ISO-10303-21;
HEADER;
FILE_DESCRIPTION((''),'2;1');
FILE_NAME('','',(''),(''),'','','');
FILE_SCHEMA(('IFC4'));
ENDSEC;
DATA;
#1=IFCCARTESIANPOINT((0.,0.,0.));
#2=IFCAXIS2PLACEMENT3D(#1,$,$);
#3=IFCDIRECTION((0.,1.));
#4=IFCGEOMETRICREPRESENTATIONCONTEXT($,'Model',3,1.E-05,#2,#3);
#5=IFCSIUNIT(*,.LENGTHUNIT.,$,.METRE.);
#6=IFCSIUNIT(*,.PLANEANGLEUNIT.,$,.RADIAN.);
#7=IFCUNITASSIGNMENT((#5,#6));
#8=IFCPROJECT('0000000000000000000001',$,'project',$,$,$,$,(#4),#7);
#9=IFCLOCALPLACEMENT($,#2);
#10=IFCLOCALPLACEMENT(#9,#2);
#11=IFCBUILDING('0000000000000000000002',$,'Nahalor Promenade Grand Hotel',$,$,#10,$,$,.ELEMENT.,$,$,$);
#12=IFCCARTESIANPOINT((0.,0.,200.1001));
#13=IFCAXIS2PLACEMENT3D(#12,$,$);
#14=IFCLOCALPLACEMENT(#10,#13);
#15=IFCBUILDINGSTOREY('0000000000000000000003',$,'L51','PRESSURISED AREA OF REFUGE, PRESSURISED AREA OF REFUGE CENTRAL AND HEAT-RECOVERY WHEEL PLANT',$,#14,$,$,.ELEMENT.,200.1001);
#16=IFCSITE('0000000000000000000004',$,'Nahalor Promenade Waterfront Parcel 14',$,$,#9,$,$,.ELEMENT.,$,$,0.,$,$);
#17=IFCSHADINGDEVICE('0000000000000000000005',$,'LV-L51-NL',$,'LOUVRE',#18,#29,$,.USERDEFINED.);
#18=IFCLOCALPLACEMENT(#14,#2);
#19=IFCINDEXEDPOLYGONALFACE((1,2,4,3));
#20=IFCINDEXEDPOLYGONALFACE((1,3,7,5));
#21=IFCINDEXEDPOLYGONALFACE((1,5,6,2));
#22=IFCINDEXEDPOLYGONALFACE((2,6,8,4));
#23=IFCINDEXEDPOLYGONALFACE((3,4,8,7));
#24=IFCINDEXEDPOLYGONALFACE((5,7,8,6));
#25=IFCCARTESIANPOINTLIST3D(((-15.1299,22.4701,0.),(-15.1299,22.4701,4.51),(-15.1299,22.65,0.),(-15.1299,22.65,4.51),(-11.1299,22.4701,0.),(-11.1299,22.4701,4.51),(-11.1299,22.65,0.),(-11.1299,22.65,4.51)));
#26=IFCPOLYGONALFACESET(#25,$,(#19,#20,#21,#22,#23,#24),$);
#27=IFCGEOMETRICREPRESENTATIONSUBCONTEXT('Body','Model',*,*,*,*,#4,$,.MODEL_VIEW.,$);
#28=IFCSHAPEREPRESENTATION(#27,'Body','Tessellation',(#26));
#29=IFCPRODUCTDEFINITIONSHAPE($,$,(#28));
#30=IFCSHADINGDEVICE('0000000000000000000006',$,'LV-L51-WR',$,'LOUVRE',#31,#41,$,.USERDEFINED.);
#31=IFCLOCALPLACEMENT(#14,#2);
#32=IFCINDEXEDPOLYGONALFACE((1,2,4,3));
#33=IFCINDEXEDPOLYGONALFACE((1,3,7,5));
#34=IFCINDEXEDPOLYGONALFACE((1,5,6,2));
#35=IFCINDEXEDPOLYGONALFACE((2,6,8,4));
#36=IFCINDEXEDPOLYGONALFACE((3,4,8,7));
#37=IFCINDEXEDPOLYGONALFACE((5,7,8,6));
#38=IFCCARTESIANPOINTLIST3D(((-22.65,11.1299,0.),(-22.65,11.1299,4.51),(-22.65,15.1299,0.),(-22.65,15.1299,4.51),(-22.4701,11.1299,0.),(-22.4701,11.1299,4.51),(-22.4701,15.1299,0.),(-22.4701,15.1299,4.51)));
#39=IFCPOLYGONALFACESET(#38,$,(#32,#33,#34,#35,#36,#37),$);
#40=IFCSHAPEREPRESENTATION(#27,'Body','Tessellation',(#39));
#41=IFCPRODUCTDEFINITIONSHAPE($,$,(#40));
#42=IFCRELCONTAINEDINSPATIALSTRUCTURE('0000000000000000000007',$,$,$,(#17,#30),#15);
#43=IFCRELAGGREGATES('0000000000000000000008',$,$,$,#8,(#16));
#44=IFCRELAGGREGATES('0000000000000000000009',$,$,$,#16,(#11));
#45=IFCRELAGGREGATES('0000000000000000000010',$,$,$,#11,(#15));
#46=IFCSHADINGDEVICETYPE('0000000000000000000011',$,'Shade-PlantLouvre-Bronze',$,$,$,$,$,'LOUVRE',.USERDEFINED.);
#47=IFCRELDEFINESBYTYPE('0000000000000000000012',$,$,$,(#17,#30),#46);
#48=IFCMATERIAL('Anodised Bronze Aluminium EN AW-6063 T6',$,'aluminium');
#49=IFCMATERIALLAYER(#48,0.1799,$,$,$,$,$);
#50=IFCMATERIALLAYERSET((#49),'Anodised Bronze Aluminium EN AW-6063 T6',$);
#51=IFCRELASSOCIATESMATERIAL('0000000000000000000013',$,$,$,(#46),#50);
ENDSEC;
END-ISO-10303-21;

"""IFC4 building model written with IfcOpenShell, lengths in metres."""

from ifc_helpers import new_model, si_unit, direction, frame, origin, origin_2d, place, context, subcontext, project, spatial, rectangle, extrude, source, transform, mapped, material, layer, layer_set, type_object, element, save


model = new_model("IFC4")

# Units and contexts
model_context = context("Model", 3, precision=1e-05, world=origin(), true_north=direction((0.0, 1.0)))
body_context = subcontext(model_context, "Body", "Model", "MODEL_VIEW")
ifc_project = project(units=[si_unit("LENGTHUNIT", "METRE"), si_unit("PLANEANGLEUNIT", "RADIAN")], contexts=[model_context])

# Site, building, storey
site_placement = place(None, origin())
site = spatial("IfcSite", under=ifc_project, at=site_placement, Name="Nahalor Promenade Waterfront Parcel 14", CompositionType="ELEMENT", RefElevation=0.0)
building_placement = place(site_placement, origin())
building = spatial("IfcBuilding", under=site, at=building_placement, Name="Nahalor Promenade Grand Hotel", CompositionType="ELEMENT")
storey_placement = place(building_placement, frame((0.0, 0.0, 200.1001)))
storey = spatial("IfcBuildingStorey", under=building, at=storey_placement, Name="L51", Description="PRESSURISED AREA OF REFUGE, PRESSURISED AREA OF REFUGE CENTRAL AND HEAT-RECOVERY WHEEL PLANT", CompositionType="ELEMENT", Elevation=200.1001)

# Shading devices
ifc_material_1 = material(Name="Anodised Bronze Aluminium EN AW-6063 T6", Category="aluminium")
ifc_layer_1 = layer(ifc_material_1, 0.1799)
ifc_layer_set_1 = layer_set([ifc_layer_1], Name="Anodised Bronze Aluminium EN AW-6063 T6")
shading_device_type = type_object("IfcShadingDeviceType", Name="Shade-PlantLouvre-Bronze", ElementType="LOUVRE", PredefinedType="USERDEFINED", material=ifc_layer_set_1)
shared_shape_1 = source(origin(), body_context, "Body", "SweptSolid", [
    extrude(rectangle(XDim=4.0, YDim=0.1799, at=origin_2d()), origin(), (0.0, 0.0, 1.0), 4.51),
])
for number, where, z_axis, x_axis, name in (
    (1, (-13.1299, 22.5601, 0.0), (0.0, 0.0, 1.0), (1.0, 0.0, 0.0), "LV-L51-NL"),
    (2, (-22.5601, 13.1299, 0.0), (0.0, 0.0, 1.0), (0.0, 1.0, 0.0), "LV-L51-WR"),
):
    element("IfcShadingDevice", number, at=place(storey_placement, frame(where, z_axis=z_axis, x_axis=x_axis)), inside=storey, type_object=shading_device_type, Name=name, ObjectType="LOUVRE", PredefinedType="USERDEFINED", context=body_context, shape_type="MappedRepresentation", body=[
        mapped(shared_shape_1, transform((0.0, 0.0, 0.0), scale=1.0)),
    ])

save(model, "model.ifc")
